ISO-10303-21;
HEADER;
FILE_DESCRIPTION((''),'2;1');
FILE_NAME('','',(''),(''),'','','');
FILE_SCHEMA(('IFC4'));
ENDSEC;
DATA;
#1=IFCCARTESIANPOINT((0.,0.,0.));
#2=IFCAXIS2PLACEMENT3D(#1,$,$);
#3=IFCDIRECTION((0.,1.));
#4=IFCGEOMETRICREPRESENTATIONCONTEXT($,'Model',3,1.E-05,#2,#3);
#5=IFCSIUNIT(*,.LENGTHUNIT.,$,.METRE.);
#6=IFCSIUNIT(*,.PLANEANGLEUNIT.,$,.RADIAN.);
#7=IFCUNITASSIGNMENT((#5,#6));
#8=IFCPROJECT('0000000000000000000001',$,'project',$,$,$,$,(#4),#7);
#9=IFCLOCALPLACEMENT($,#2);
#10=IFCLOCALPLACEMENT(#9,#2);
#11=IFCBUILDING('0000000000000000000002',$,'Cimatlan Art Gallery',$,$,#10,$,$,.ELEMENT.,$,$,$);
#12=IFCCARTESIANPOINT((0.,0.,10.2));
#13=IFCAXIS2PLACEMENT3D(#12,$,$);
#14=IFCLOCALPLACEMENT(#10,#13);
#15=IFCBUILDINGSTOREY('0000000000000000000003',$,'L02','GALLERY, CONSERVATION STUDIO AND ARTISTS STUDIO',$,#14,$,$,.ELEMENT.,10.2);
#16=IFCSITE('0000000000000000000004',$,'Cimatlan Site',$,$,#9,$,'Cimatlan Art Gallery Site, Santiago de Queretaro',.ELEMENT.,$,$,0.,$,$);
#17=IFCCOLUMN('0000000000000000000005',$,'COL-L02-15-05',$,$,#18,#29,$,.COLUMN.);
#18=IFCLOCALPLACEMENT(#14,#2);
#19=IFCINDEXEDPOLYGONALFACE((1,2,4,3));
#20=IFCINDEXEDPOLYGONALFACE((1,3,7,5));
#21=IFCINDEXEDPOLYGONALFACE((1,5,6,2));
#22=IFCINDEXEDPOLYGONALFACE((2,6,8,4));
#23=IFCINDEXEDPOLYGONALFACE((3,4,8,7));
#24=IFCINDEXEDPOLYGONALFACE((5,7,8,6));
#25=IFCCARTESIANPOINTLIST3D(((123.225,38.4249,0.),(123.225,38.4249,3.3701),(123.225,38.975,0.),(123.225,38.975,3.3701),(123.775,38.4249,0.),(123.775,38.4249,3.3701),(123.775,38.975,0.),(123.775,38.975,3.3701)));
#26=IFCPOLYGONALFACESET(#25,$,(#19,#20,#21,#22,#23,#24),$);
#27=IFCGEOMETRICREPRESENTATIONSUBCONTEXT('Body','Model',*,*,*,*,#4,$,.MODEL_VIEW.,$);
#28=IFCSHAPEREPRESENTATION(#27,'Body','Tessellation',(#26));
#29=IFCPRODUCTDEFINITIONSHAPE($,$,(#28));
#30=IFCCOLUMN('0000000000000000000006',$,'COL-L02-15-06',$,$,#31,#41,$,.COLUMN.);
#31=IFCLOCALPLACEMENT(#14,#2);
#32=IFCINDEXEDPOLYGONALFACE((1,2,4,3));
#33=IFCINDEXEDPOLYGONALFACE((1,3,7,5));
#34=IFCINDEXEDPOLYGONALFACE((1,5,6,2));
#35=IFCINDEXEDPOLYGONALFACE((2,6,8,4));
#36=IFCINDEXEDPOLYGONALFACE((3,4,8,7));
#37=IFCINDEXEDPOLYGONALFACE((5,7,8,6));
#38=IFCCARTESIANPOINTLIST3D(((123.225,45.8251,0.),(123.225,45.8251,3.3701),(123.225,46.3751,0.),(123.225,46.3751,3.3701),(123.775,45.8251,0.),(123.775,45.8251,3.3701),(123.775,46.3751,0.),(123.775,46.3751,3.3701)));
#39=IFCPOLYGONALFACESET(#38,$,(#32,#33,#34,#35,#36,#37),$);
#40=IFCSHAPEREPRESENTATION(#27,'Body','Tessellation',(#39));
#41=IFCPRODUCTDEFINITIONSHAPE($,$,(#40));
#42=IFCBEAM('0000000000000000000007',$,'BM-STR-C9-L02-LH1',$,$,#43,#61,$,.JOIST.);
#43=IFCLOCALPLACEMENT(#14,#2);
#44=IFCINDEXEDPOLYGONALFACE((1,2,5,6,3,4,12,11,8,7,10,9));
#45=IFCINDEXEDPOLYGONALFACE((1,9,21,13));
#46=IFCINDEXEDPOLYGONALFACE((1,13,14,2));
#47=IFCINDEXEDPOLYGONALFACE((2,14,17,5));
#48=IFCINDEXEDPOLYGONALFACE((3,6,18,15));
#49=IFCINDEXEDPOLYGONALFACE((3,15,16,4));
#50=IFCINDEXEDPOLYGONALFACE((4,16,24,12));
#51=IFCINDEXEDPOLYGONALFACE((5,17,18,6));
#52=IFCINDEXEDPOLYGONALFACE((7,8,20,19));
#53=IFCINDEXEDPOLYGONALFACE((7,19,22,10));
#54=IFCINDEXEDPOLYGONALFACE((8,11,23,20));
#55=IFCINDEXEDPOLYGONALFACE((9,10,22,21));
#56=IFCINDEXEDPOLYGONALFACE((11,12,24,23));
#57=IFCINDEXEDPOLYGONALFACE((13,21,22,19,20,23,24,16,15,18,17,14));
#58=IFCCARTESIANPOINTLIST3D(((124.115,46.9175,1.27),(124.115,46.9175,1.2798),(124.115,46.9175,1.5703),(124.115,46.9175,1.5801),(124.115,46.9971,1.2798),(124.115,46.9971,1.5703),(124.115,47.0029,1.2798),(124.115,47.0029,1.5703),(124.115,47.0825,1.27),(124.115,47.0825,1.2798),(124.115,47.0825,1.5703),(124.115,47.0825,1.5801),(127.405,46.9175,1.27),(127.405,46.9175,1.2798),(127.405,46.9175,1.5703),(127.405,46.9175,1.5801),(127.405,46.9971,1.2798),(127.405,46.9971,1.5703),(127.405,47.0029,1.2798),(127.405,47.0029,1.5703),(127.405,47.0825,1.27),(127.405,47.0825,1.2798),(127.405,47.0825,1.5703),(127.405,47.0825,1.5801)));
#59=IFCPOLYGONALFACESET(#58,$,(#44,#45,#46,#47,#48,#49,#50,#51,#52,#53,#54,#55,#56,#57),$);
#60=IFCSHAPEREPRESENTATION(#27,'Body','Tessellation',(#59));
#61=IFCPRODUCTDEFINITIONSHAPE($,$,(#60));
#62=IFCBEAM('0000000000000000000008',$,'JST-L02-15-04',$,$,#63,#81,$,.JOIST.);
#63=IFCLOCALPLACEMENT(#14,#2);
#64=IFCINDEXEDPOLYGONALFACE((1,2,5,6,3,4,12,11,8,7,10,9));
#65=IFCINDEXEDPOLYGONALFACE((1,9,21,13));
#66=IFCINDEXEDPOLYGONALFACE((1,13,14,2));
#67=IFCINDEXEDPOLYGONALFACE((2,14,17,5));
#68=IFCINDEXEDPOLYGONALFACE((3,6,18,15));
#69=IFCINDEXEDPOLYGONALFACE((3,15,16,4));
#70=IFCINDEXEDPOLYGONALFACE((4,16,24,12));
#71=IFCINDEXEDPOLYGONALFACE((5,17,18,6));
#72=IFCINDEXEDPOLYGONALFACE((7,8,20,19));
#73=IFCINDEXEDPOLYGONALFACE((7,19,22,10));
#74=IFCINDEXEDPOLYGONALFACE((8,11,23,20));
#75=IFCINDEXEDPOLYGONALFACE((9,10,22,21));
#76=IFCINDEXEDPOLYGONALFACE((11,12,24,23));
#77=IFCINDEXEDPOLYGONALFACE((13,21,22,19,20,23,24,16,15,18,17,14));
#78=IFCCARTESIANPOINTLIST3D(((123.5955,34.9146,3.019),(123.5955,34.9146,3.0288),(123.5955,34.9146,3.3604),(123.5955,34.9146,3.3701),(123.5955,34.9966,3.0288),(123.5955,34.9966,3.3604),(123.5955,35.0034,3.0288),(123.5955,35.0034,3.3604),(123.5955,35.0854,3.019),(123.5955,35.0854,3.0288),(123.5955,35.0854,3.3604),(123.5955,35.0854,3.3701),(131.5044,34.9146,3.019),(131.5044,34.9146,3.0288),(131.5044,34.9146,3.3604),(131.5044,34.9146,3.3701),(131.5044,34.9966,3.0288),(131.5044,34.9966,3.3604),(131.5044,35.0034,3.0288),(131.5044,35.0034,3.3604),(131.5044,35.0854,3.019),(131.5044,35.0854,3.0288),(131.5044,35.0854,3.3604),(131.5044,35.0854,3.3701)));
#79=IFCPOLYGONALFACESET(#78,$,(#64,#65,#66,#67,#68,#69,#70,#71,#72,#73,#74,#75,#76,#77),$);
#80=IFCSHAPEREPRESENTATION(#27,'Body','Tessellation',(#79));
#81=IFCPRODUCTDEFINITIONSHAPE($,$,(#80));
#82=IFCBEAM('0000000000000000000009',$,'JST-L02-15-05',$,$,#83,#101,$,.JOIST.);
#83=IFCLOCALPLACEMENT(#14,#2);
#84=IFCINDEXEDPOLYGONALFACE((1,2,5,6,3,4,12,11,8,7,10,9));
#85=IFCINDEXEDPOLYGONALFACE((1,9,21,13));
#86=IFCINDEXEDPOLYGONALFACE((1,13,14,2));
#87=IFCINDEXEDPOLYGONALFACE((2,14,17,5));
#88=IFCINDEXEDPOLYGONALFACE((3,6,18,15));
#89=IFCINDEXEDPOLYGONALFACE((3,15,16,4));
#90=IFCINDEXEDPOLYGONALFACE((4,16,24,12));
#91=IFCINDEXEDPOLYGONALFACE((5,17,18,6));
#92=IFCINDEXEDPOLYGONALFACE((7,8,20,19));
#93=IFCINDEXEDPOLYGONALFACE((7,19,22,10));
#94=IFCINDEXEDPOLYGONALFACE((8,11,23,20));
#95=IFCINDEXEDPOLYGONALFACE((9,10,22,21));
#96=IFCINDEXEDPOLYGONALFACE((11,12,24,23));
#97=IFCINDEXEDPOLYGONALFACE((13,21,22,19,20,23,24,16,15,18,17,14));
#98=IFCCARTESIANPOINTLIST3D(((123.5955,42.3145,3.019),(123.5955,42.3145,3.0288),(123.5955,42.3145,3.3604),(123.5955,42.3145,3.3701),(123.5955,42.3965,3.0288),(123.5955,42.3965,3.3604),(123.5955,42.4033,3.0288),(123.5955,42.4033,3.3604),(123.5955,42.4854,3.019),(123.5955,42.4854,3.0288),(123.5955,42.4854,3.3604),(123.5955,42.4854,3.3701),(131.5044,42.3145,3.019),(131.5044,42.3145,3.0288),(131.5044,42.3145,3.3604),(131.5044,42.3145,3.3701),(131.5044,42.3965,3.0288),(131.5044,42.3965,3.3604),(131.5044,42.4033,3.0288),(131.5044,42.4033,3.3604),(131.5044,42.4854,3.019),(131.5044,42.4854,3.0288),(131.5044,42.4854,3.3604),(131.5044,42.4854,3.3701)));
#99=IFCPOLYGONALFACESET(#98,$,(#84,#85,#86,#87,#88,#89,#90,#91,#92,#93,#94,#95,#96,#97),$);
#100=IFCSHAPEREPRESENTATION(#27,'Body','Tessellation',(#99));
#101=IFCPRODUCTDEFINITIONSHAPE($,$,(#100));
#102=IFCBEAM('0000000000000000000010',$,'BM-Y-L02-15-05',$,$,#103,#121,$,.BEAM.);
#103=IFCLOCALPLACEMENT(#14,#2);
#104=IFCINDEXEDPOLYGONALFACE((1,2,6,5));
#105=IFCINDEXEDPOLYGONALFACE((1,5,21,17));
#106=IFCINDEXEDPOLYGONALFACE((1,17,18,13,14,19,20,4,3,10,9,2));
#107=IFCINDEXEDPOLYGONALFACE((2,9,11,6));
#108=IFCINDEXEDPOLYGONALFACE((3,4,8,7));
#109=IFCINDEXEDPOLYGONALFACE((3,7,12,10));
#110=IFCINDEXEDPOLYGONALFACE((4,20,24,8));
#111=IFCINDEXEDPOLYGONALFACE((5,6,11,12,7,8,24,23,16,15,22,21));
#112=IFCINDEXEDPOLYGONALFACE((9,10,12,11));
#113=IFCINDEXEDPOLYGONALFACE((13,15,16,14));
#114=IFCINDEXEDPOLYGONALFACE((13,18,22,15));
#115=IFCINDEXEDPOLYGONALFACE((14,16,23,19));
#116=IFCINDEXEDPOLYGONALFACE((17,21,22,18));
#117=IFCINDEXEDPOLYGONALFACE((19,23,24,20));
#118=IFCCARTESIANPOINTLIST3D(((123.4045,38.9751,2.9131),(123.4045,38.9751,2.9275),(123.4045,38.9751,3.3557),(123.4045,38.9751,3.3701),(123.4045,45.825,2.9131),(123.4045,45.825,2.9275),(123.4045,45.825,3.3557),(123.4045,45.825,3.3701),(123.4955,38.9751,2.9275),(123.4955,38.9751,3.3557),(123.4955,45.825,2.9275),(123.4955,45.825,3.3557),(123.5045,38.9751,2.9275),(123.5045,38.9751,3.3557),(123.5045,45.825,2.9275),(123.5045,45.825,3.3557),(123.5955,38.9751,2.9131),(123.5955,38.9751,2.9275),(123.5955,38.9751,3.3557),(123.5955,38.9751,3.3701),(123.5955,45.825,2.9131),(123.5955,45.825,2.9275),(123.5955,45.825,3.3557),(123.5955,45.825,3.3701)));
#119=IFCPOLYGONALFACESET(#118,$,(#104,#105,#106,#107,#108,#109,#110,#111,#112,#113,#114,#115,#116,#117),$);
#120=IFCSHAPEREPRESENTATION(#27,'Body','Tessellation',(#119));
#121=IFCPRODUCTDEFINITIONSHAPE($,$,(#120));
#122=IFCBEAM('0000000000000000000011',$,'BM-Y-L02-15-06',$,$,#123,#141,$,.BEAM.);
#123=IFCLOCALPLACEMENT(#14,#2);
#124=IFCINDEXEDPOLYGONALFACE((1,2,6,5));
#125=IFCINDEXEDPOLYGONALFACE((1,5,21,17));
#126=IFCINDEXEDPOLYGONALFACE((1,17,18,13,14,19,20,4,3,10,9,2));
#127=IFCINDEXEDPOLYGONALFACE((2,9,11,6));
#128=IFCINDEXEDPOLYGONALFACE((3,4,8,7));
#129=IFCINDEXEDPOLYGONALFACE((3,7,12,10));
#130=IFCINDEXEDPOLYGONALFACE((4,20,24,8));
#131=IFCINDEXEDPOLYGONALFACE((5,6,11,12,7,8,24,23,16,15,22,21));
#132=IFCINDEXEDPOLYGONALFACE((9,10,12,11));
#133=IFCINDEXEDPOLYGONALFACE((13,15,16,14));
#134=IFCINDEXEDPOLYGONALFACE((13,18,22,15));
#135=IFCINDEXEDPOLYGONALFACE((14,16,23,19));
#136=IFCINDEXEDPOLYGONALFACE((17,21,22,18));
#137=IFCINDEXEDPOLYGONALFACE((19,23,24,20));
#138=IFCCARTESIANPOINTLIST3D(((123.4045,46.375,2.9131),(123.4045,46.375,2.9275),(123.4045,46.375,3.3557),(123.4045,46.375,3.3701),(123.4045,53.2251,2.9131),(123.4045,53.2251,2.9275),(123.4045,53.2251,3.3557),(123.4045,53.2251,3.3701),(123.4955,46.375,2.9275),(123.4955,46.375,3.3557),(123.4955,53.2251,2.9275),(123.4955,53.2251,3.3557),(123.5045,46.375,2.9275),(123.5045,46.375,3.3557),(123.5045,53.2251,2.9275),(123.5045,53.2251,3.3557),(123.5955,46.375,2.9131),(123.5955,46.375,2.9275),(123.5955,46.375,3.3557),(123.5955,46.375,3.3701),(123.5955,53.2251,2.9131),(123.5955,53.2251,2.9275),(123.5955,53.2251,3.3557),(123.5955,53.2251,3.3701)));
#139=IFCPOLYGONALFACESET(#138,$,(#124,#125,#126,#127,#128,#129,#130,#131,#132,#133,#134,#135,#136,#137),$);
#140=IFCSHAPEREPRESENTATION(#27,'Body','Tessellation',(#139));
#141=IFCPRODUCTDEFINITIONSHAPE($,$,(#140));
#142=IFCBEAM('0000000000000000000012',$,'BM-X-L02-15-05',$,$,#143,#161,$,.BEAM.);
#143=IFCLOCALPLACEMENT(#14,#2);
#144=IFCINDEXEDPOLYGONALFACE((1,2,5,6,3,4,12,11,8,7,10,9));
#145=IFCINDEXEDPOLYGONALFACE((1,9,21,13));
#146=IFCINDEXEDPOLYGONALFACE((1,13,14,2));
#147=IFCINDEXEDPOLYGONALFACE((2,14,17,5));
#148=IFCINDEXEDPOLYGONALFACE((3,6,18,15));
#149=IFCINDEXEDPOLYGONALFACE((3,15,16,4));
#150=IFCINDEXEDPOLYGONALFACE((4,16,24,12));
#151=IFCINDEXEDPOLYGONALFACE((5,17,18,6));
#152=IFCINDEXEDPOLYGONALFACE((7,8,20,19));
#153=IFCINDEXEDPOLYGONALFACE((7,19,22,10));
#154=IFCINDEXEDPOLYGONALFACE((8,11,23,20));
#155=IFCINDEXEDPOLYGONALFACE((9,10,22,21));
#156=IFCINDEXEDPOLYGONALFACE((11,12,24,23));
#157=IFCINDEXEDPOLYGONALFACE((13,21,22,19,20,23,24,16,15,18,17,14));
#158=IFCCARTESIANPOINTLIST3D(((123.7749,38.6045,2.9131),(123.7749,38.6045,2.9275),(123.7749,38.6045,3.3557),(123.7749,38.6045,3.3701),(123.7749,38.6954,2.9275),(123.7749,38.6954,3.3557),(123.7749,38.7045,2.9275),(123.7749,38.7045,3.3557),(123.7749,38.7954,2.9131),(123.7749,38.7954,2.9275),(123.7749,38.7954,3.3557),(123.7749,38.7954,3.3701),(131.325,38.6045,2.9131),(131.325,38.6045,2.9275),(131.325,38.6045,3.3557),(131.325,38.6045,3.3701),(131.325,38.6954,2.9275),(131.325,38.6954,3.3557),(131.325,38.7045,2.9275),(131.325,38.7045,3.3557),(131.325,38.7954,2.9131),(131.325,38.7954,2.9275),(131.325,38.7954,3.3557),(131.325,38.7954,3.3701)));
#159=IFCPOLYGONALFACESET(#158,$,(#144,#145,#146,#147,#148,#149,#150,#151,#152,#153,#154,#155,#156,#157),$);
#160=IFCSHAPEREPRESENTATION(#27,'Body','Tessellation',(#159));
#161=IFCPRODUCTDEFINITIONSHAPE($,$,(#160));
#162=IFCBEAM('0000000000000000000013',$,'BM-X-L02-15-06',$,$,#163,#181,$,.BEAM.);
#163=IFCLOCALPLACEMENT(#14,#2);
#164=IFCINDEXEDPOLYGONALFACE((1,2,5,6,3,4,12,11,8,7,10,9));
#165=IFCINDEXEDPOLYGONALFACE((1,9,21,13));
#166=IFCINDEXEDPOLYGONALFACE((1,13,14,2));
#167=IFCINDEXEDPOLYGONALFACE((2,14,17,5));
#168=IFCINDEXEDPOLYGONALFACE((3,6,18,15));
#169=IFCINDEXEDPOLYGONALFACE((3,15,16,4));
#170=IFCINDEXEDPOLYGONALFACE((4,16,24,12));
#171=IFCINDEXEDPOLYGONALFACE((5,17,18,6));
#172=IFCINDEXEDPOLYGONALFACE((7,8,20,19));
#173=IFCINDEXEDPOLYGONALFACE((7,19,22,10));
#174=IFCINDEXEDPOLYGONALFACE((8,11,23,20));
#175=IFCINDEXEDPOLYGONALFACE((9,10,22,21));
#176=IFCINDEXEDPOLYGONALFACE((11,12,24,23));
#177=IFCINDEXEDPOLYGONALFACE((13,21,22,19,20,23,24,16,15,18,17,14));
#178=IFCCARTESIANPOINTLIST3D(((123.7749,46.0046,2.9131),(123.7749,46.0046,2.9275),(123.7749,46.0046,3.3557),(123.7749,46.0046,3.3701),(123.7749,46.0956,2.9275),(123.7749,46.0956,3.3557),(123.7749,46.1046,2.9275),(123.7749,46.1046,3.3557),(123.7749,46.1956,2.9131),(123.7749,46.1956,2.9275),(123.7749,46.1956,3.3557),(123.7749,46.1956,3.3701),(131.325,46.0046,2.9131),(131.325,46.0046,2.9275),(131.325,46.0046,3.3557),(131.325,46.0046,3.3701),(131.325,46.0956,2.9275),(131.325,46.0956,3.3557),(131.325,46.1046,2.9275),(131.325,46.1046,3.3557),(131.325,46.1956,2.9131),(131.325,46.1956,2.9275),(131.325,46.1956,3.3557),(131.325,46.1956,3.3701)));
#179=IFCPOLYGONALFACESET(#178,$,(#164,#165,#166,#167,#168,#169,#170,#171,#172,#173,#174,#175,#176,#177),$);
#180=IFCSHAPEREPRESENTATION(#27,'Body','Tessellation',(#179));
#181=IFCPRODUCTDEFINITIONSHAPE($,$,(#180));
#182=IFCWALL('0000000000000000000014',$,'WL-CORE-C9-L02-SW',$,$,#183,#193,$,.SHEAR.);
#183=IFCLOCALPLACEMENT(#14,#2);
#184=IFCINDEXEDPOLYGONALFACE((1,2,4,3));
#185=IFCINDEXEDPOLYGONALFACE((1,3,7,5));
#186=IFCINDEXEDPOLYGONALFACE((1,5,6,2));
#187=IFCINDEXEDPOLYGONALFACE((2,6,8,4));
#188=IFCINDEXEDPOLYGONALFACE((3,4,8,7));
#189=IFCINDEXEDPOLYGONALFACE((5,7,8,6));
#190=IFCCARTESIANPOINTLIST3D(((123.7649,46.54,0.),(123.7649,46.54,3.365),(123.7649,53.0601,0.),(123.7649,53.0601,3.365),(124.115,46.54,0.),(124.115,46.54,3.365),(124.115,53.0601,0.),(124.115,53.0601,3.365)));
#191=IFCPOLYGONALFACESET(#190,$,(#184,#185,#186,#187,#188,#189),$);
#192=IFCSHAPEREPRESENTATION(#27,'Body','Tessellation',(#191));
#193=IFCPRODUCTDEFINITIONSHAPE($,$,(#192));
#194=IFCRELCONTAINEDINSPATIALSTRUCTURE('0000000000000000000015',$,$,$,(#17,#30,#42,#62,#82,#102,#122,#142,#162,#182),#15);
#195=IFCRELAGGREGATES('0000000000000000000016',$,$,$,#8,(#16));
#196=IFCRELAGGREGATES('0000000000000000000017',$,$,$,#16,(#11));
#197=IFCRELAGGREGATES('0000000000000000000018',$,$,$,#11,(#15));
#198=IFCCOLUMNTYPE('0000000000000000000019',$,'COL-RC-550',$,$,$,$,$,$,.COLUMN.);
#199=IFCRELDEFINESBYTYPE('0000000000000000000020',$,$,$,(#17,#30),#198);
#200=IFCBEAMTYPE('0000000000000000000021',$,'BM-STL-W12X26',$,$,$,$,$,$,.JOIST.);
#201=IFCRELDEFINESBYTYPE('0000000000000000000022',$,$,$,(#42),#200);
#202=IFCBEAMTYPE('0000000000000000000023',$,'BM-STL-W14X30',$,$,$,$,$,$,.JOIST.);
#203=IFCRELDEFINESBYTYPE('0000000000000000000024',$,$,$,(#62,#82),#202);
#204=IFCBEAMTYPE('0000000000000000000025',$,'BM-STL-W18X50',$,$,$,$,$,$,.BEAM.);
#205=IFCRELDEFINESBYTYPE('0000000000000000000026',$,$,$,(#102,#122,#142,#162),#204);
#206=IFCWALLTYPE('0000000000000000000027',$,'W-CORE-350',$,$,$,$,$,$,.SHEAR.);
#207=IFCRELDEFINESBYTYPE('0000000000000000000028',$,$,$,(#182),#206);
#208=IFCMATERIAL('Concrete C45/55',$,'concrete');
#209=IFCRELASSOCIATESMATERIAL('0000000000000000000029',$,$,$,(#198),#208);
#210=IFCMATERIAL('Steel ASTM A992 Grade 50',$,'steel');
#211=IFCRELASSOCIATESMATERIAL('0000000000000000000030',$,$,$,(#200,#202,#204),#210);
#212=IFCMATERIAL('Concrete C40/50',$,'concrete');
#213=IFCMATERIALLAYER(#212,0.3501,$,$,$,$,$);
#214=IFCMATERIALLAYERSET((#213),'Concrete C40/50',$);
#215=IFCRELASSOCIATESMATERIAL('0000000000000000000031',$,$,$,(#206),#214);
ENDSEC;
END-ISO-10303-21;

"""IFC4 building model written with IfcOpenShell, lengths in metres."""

from ifc_helpers import new_model, si_unit, direction, frame, frame_2d, origin, origin_2d, place, context, subcontext, project, spatial, rectangle, i_section, extrude, material, layer, layer_set, material_profile, profile_set, type_object, element, save


model = new_model("IFC4")

# Units and contexts
model_context = context("Model", 3, precision=1e-05, world=origin(), true_north=direction((0.0, 1.0)))
body_context = subcontext(model_context, "Body", "Model", "MODEL_VIEW")
ifc_project = project(units=[si_unit("LENGTHUNIT", "METRE"), si_unit("PLANEANGLEUNIT", "RADIAN")], contexts=[model_context])

# Site, building, storey
site_placement = place(None, origin())
site = spatial("IfcSite", under=ifc_project, at=site_placement, Name="Cimatlan Site", LongName="Cimatlan Art Gallery Site, Santiago de Queretaro", CompositionType="ELEMENT", RefElevation=0.0)
building_placement = place(site_placement, origin())
building = spatial("IfcBuilding", under=site, at=building_placement, Name="Cimatlan Art Gallery", CompositionType="ELEMENT")
storey_placement = place(building_placement, frame((0.0, 0.0, 10.2)))
storey = spatial("IfcBuildingStorey", under=building, at=storey_placement, Name="L02", Description="GALLERY, CONSERVATION STUDIO AND ARTISTS STUDIO", CompositionType="ELEMENT", Elevation=10.2)

# Columns
ifc_material_1 = material(Name="Concrete C45/55", Category="concrete")
ifc_material_profile_1 = material_profile(ifc_material_1, rectangle(XDim=0.55, YDim=0.55, at=origin_2d()), Name="RC550X550")
ifc_profile_set_1 = profile_set([ifc_material_profile_1], Name="Concrete C45/55")
column_type = type_object("IfcColumnType", Name="COL-RC-550", PredefinedType="COLUMN", material=ifc_profile_set_1)
for number, where, z_axis, x_axis, name in (
    (1, (123.5, 38.7, 0.0), (0.0, 0.0, 1.0), (1.0, 0.0, 0.0), "COL-L02-15-05"),
    (2, (123.5, 46.1001, 0.0), (0.0, 0.0, 1.0), (1.0, 0.0, 0.0), "COL-L02-15-06"),
):
    element("IfcColumn", number, at=place(storey_placement, frame(where, z_axis=z_axis, x_axis=x_axis)), inside=storey, type_object=column_type, Name=name, PredefinedType="COLUMN", context=body_context, shape_type="SweptSolid", body=[
        extrude(rectangle(XDim=0.55, YDim=0.55, at=origin_2d()), origin(), (0.0, 0.0, 1.0), 3.3701),
    ])

# Beams
ifc_material_2 = material(Name="Steel ASTM A992 Grade 50", Category="steel")
ifc_material_profile_2 = material_profile(ifc_material_2, i_section(OverallWidth=0.165, OverallDepth=0.3101, WebThickness=0.0059, FlangeThickness=0.0098, at=origin_2d()), Name="W12X26")
ifc_profile_set_2 = profile_set([ifc_material_profile_2], Name="Steel ASTM A992 Grade 50")
beam_type_1 = type_object("IfcBeamType", Name="BM-STL-W12X26", PredefinedType="JOIST", material=ifc_profile_set_2)
beam_1_placement = place(storey_placement, frame((124.115, 47.0, 1.425), z_axis=(1.0, 0.0, 0.0), x_axis=(0.0, 1.0, 0.0)))
element("IfcBeam", 3, at=beam_1_placement, inside=storey, type_object=beam_type_1, Name="BM-STR-C9-L02-LH1", PredefinedType="JOIST", context=body_context, shape_type="SweptSolid", body=[
    extrude(i_section(OverallWidth=0.165, OverallDepth=0.3101, WebThickness=0.0059, FlangeThickness=0.0098, at=origin_2d()), origin(), (0.0, 0.0, 1.0), 3.29),
])
ifc_material_profile_3 = material_profile(ifc_material_2, i_section(OverallWidth=0.1709, OverallDepth=0.3511, WebThickness=0.0068, FlangeThickness=0.0098, at=origin_2d()), Name="W14X30")
ifc_profile_set_3 = profile_set([ifc_material_profile_3], Name="Steel ASTM A992 Grade 50")
beam_type_2 = type_object("IfcBeamType", Name="BM-STL-W14X30", PredefinedType="JOIST", material=ifc_profile_set_3)
for number, where, z_axis, x_axis, name in (
    (4, (123.5955, 35.0, 3.1946), (1.0, 0.0, 0.0), (0.0, 1.0, 0.0), "JST-L02-15-04"),
    (5, (123.5955, 42.3999, 3.1946), (1.0, 0.0, 0.0), (0.0, 1.0, 0.0), "JST-L02-15-05"),
):
    element("IfcBeam", number, at=place(storey_placement, frame(where, z_axis=z_axis, x_axis=x_axis)), inside=storey, type_object=beam_type_2, Name=name, PredefinedType="JOIST", context=body_context, shape_type="SweptSolid", body=[
        extrude(i_section(OverallWidth=0.1709, OverallDepth=0.3511, WebThickness=0.0068, FlangeThickness=0.0098, at=origin_2d()), origin(), (0.0, 0.0, 1.0), 7.9089),
    ])
ifc_material_profile_4 = material_profile(ifc_material_2, i_section(OverallWidth=0.1909, OverallDepth=0.457, WebThickness=0.009, FlangeThickness=0.0144, at=origin_2d()), Name="W18X50")
ifc_profile_set_4 = profile_set([ifc_material_profile_4], Name="Steel ASTM A992 Grade 50")
beam_type_3 = type_object("IfcBeamType", Name="BM-STL-W18X50", PredefinedType="BEAM", material=ifc_profile_set_4)
beam_2_placement = place(storey_placement, frame((123.5, 38.9751, 3.1416), z_axis=(0.0, 1.0, 0.0), x_axis=(-1.0, 0.0, 0.0)))
element("IfcBeam", 6, at=beam_2_placement, inside=storey, type_object=beam_type_3, Name="BM-Y-L02-15-05", PredefinedType="BEAM", context=body_context, shape_type="SweptSolid", body=[
    extrude(i_section(OverallWidth=0.1909, OverallDepth=0.457, WebThickness=0.009, FlangeThickness=0.0144, at=origin_2d()), origin(), (0.0, 0.0, 1.0), 6.8499),
])
beam_3_placement = place(storey_placement, frame((123.5, 46.375, 3.1416), z_axis=(0.0, 1.0, 0.0), x_axis=(-1.0, 0.0, 0.0)))
element("IfcBeam", 7, at=beam_3_placement, inside=storey, type_object=beam_type_3, Name="BM-Y-L02-15-06", PredefinedType="BEAM", context=body_context, shape_type="SweptSolid", body=[
    extrude(i_section(OverallWidth=0.1909, OverallDepth=0.457, WebThickness=0.009, FlangeThickness=0.0144, at=origin_2d()), origin(), (0.0, 0.0, 1.0), 6.8501),
])
for number, where, z_axis, x_axis, name in (
    (8, (123.7749, 38.7, 3.1416), (1.0, 0.0, 0.0), (0.0, 1.0, 0.0), "BM-X-L02-15-05"),
    (9, (123.7749, 46.1001, 3.1416), (1.0, 0.0, 0.0), (0.0, 1.0, 0.0), "BM-X-L02-15-06"),
):
    element("IfcBeam", number, at=place(storey_placement, frame(where, z_axis=z_axis, x_axis=x_axis)), inside=storey, type_object=beam_type_3, Name=name, PredefinedType="BEAM", context=body_context, shape_type="SweptSolid", body=[
        extrude(i_section(OverallWidth=0.1909, OverallDepth=0.457, WebThickness=0.009, FlangeThickness=0.0144, at=origin_2d()), origin(), (0.0, 0.0, 1.0), 7.55),
    ])

# Wall
ifc_material_3 = material(Name="Concrete C40/50", Category="concrete")
ifc_layer_1 = layer(ifc_material_3, 0.3501)
ifc_layer_set_1 = layer_set([ifc_layer_1], Name="Concrete C40/50")
wall_type_1 = type_object("IfcWallType", Name="W-CORE-350", PredefinedType="SHEAR", material=ifc_layer_set_1)
wall_1_placement = place(storey_placement, frame((123.9399, 46.54, 0.0), z_axis=(0.0, 0.0, 1.0), x_axis=(0.0, 1.0, 0.0)))
element("IfcWall", 10, at=wall_1_placement, inside=storey, type_object=wall_type_1, Name="WL-CORE-C9-L02-SW", PredefinedType="SHEAR", context=body_context, shape_type="SweptSolid", body=[
    extrude(rectangle(XDim=6.52, YDim=0.3501, at=frame_2d((3.26, 0.0))), origin(), (0.0, 0.0, 1.0), 3.365),
])

save(model, "model.ifc")
